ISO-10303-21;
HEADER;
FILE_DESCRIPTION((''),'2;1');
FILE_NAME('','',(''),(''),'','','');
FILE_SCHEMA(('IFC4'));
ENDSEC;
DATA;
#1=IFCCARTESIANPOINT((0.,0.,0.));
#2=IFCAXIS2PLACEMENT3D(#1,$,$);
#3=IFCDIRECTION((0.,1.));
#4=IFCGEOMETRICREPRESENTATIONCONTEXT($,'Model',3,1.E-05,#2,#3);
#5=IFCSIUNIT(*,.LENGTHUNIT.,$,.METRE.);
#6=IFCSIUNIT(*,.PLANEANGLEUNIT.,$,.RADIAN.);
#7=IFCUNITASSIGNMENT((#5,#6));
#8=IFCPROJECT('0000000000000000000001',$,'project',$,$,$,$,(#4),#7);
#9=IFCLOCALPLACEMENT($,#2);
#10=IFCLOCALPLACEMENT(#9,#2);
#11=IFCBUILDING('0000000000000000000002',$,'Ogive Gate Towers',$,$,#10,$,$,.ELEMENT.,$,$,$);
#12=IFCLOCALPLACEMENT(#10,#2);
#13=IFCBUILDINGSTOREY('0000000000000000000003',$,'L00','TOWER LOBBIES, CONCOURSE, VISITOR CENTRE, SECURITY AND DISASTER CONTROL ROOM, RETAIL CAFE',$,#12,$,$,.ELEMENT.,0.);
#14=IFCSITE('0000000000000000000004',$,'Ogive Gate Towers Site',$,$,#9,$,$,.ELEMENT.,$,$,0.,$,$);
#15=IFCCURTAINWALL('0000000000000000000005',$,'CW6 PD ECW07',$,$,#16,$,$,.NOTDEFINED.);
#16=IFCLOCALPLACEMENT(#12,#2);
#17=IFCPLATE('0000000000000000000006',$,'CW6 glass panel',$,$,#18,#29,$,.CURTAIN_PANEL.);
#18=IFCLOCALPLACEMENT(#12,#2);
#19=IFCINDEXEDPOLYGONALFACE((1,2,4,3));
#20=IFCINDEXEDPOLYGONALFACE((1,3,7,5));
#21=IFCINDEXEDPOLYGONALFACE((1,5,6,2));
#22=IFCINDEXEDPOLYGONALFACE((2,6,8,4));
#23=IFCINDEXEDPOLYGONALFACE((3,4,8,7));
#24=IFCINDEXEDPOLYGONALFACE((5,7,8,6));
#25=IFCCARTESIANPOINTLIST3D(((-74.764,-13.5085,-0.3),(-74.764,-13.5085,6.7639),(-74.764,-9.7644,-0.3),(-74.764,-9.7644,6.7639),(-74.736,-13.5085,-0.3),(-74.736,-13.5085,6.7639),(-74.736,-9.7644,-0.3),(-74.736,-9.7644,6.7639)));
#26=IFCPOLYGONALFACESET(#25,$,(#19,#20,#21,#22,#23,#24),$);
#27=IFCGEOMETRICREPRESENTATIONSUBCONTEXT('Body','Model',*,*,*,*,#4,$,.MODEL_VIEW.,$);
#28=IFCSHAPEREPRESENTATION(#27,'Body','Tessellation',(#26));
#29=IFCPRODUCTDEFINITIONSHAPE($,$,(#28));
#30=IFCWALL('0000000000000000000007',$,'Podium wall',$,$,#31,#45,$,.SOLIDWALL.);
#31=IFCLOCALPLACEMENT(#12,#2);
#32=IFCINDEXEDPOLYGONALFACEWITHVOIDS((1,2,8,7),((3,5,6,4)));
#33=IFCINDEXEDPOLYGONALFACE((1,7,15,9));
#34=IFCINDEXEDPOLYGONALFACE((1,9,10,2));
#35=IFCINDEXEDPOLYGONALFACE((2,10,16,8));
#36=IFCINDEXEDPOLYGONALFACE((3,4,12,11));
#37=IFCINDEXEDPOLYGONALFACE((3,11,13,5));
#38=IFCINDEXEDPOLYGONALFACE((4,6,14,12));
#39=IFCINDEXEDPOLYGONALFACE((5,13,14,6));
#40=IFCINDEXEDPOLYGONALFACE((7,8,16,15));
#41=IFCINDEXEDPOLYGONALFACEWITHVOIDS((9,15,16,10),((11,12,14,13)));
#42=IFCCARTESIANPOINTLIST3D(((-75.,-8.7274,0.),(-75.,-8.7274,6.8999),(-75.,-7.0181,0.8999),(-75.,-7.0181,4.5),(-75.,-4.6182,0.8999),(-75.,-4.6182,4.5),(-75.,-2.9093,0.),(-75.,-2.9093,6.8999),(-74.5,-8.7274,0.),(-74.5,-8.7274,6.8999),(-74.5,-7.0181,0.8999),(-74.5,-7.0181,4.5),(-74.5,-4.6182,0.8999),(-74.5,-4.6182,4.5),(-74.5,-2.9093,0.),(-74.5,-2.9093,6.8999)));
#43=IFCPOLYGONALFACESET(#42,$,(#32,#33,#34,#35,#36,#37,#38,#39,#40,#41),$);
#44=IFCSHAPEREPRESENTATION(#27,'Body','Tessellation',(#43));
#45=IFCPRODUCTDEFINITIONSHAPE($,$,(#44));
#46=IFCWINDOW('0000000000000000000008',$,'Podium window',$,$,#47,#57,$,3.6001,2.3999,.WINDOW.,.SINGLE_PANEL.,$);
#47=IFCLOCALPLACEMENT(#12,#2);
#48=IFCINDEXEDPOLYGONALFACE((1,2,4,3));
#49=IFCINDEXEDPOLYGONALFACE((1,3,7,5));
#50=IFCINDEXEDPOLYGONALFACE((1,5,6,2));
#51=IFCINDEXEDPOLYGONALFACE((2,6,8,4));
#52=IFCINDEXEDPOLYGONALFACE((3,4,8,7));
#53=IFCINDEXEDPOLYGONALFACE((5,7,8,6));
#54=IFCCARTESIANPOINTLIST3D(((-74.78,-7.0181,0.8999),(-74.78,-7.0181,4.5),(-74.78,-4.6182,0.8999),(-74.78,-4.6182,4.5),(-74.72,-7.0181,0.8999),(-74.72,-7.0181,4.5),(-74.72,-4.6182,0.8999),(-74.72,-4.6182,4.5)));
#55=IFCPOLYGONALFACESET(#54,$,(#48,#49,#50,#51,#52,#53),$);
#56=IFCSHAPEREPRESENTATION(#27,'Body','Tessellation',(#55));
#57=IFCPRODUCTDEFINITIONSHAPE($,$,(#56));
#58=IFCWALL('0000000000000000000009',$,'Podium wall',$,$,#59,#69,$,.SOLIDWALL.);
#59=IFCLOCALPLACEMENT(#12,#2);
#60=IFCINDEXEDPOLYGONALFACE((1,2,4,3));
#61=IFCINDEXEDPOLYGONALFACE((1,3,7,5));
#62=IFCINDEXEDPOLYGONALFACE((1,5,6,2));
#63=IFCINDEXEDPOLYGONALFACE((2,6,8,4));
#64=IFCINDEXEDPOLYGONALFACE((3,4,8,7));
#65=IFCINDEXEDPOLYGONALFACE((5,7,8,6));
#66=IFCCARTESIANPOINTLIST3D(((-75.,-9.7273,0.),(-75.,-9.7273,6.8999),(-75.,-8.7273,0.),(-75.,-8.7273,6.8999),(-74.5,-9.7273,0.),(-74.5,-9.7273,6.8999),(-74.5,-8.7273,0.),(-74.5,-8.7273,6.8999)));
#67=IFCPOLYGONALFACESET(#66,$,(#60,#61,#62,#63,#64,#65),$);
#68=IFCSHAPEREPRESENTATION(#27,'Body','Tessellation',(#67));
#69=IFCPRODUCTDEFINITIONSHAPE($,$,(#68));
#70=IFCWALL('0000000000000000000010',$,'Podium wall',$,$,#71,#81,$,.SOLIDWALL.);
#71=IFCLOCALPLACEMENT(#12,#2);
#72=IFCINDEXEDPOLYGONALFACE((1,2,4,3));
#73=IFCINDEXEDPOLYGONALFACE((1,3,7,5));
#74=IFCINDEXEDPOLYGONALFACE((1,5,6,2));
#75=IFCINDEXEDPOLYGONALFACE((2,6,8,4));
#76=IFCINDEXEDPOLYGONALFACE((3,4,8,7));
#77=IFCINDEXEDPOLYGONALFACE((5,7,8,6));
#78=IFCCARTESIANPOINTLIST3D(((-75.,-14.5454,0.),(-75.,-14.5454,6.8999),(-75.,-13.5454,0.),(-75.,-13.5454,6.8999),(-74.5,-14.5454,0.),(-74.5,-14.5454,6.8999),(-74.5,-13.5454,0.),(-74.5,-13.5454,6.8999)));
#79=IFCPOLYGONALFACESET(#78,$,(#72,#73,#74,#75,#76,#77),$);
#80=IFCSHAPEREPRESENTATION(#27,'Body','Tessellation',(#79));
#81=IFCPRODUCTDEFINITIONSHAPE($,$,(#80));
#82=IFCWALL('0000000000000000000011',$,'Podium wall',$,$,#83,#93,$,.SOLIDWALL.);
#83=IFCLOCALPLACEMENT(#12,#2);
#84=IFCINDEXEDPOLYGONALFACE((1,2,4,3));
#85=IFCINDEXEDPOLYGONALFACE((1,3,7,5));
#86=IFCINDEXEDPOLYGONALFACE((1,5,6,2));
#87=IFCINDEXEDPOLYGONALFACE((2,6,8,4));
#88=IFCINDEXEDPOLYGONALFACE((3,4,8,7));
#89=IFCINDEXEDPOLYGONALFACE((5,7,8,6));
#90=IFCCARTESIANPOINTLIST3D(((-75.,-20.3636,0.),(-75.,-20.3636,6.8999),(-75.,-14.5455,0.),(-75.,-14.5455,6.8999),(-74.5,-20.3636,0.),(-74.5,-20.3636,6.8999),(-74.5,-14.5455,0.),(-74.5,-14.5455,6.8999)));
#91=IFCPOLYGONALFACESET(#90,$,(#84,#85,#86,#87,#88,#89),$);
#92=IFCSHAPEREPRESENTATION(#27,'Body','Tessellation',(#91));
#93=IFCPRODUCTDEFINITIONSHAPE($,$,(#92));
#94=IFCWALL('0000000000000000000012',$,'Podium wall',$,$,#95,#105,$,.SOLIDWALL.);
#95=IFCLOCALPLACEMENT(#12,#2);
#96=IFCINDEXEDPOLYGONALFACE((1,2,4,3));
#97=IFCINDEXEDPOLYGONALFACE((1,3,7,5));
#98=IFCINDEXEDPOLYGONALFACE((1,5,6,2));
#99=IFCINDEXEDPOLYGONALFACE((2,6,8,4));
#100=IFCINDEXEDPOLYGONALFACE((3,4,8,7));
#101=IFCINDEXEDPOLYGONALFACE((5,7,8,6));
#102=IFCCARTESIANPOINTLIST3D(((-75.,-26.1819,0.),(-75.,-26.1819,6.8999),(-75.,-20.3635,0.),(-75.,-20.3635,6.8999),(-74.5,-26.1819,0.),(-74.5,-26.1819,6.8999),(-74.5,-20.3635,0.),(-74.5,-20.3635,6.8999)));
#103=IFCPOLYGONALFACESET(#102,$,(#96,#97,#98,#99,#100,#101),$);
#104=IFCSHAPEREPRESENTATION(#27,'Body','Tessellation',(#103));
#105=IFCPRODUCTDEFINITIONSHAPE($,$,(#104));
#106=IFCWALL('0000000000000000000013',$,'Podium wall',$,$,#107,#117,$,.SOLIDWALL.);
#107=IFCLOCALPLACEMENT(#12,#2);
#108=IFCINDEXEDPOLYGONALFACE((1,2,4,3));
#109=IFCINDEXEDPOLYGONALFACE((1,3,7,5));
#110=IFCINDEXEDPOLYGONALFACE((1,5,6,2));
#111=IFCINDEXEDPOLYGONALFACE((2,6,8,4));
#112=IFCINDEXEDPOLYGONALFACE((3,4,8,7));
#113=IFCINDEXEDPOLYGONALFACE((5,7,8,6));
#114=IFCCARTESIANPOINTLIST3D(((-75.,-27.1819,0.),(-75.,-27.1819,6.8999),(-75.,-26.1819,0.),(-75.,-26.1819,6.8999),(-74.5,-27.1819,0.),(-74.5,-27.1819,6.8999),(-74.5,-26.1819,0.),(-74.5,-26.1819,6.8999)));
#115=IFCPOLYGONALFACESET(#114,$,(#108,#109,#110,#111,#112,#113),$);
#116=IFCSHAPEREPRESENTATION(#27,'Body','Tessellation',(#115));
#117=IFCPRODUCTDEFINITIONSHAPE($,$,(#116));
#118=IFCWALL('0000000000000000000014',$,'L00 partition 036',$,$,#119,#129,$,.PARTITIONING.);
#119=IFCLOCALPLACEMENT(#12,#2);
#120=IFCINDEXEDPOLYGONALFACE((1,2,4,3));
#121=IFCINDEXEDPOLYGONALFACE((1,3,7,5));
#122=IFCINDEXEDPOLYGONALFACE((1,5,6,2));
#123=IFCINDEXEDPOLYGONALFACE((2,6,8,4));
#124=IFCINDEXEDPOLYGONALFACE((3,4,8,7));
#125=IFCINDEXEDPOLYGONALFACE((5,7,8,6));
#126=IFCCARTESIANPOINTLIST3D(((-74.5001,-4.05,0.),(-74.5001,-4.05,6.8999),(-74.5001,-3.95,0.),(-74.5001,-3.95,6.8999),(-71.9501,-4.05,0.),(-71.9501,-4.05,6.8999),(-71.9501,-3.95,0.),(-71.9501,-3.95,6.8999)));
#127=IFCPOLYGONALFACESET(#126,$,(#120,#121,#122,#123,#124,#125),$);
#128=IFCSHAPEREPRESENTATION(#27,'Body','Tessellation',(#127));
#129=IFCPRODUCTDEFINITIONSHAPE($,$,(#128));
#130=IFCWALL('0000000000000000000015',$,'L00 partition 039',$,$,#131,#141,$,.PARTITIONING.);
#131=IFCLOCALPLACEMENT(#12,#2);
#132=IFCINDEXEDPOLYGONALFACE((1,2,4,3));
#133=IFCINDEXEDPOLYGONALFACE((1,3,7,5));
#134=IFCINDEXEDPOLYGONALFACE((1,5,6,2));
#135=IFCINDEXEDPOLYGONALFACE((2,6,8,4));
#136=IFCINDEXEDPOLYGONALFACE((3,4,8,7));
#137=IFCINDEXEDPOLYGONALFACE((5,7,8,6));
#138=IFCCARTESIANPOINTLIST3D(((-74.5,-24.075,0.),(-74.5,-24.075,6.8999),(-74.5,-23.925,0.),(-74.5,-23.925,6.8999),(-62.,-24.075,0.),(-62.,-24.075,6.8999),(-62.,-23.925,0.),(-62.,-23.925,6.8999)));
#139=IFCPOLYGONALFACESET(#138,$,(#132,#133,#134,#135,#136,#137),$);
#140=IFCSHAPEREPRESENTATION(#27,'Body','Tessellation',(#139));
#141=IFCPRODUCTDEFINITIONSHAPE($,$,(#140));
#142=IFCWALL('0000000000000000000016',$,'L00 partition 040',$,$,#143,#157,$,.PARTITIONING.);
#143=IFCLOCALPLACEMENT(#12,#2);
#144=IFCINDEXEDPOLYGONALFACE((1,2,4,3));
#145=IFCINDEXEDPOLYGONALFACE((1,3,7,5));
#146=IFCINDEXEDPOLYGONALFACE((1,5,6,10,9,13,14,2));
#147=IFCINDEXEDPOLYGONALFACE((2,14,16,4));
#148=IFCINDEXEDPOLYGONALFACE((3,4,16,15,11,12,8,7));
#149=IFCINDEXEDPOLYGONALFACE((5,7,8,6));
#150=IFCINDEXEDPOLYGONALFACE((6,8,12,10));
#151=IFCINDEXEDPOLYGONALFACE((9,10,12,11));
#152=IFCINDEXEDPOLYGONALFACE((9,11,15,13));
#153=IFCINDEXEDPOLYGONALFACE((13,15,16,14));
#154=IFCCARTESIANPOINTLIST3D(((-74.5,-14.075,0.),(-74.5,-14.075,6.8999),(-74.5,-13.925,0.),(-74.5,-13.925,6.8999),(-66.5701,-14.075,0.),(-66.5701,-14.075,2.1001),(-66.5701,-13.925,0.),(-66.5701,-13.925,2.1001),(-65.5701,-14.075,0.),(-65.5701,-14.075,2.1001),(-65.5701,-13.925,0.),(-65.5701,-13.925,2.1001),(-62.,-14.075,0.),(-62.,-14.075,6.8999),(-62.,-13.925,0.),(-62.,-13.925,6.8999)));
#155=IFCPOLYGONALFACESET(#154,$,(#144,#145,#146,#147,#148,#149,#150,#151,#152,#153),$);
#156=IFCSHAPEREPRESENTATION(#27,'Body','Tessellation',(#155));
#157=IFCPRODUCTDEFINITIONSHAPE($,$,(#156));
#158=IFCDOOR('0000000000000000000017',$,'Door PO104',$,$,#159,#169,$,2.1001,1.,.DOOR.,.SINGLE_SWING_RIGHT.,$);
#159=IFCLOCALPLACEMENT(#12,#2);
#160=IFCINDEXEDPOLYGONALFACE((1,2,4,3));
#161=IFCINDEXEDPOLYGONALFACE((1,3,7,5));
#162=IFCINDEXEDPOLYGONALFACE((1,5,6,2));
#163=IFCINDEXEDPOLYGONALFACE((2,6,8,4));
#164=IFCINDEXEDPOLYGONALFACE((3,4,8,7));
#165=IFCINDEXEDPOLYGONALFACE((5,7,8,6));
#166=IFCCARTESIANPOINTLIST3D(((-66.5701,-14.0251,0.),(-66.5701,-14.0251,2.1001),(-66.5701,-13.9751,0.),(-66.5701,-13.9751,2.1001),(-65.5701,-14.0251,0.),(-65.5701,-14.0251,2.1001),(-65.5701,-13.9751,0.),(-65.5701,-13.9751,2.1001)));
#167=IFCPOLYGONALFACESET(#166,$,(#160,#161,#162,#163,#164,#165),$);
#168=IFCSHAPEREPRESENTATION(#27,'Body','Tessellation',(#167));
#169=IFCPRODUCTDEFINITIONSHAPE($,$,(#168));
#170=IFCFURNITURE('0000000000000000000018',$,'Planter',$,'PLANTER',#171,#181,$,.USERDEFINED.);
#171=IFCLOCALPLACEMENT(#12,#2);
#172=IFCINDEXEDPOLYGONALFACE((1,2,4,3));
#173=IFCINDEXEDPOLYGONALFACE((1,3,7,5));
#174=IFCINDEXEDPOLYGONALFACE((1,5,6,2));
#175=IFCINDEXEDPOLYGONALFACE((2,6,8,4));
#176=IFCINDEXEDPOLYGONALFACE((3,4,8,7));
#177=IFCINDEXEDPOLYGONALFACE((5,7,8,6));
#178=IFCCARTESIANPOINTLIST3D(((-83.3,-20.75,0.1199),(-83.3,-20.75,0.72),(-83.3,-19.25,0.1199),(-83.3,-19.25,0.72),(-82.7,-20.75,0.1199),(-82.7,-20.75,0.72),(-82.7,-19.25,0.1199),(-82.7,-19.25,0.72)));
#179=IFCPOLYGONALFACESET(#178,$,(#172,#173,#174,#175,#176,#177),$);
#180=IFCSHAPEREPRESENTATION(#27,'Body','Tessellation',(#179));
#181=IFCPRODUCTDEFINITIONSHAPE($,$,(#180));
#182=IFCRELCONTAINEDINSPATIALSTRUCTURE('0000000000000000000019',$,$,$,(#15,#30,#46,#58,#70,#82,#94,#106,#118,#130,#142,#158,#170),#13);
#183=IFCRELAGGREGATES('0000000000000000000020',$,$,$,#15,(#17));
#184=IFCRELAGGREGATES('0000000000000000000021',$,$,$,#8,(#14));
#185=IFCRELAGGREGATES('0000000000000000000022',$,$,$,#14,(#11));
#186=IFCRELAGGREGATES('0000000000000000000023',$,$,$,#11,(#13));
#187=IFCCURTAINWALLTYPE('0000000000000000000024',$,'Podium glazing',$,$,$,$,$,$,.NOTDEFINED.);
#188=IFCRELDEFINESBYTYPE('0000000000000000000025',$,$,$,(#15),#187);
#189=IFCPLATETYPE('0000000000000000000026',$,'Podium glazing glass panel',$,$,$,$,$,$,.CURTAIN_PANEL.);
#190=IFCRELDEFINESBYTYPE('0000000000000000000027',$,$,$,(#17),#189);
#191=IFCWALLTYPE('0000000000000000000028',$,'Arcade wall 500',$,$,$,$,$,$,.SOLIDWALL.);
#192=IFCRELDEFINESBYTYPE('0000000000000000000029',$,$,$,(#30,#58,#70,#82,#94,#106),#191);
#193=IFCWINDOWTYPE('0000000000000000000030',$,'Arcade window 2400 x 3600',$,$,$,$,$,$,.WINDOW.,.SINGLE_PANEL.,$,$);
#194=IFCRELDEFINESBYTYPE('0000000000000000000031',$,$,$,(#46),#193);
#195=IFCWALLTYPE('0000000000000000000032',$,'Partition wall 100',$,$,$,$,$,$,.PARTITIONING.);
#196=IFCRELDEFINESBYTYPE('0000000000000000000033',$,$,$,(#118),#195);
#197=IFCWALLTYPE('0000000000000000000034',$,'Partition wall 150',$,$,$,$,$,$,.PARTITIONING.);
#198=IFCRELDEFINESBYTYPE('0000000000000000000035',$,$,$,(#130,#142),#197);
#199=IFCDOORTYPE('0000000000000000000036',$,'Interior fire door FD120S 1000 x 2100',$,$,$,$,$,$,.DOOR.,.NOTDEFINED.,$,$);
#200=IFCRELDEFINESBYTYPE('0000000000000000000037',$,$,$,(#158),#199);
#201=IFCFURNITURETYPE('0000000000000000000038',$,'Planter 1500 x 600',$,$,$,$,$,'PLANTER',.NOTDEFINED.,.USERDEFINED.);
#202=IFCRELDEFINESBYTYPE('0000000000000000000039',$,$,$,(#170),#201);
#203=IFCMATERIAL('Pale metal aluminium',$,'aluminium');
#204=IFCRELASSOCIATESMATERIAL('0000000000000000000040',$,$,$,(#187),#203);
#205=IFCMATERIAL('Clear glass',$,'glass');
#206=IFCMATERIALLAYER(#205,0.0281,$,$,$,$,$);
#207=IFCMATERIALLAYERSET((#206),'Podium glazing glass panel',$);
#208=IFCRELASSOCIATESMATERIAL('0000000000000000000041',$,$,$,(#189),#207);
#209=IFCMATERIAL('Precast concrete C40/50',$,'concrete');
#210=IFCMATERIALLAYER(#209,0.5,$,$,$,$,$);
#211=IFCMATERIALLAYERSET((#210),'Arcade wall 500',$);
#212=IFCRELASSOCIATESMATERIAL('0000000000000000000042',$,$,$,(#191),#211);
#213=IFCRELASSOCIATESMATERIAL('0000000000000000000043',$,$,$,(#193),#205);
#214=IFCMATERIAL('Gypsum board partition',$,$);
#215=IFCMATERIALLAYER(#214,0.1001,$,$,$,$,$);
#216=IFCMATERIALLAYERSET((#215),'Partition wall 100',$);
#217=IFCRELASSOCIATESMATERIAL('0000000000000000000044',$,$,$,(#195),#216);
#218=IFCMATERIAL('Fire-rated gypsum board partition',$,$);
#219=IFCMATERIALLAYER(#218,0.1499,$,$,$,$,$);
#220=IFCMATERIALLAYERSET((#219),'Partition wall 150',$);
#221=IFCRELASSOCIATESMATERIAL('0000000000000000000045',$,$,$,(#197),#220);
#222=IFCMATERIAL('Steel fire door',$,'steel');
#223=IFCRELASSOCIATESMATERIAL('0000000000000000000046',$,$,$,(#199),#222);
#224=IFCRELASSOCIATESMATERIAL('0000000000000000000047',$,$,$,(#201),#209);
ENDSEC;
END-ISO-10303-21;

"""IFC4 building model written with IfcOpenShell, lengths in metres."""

from ifc_helpers import new_model, si_unit, direction, frame, frame_2d, origin, origin_2d, place, context, subcontext, project, spatial, rectangle, extrude, material, layer, layer_set, type_object, element, fill, aggregate, save


model = new_model("IFC4")

# Units and contexts
model_context = context("Model", 3, precision=1e-05, world=origin(), true_north=direction((0.0, 1.0)))
body_context = subcontext(model_context, "Body", "Model", "MODEL_VIEW")
ifc_project = project(units=[si_unit("LENGTHUNIT", "METRE"), si_unit("PLANEANGLEUNIT", "RADIAN")], contexts=[model_context])

# Site, building, storey
site_placement = place(None, origin())
site = spatial("IfcSite", under=ifc_project, at=site_placement, Name="Ogive Gate Towers Site", CompositionType="ELEMENT", RefElevation=0.0)
building_placement = place(site_placement, origin())
building = spatial("IfcBuilding", under=site, at=building_placement, Name="Ogive Gate Towers", CompositionType="ELEMENT")
storey_placement = place(building_placement, origin())
storey = spatial("IfcBuildingStorey", under=building, at=storey_placement, Name="L00", Description="TOWER LOBBIES, CONCOURSE, VISITOR CENTRE, SECURITY AND DISASTER CONTROL ROOM, RETAIL CAFE", CompositionType="ELEMENT", Elevation=0.0)

# Shared definitions
ifc_material_1 = material(Name="Precast concrete C40/50", Category="concrete")

# Curtain wall
ifc_material_2 = material(Name="Pale metal aluminium", Category="aluminium")
curtain_wall_type = type_object("IfcCurtainWallType", Name="Podium glazing", PredefinedType="NOTDEFINED", material=ifc_material_2)
curtain_wall_1_placement = place(storey_placement, origin())
curtain_wall_1 = element("IfcCurtainWall", 1, at=curtain_wall_1_placement, inside=storey, type_object=curtain_wall_type, Name="CW6 PD ECW07", PredefinedType="NOTDEFINED")

# Plate
ifc_material_3 = material(Name="Clear glass", Category="glass")
ifc_layer_1 = layer(ifc_material_3, 0.0281)
ifc_layer_set_1 = layer_set([ifc_layer_1], Name="Podium glazing glass panel")
plate_type = type_object("IfcPlateType", Name="Podium glazing glass panel", PredefinedType="CURTAIN_PANEL", material=ifc_layer_set_1)
plate_placement = place(storey_placement, frame((-74.75, -11.6365, -0.3), z_axis=(0.0, 0.0, 1.0), x_axis=(0.0, -1.0, 0.0)))
plate = element("IfcPlate", 2, at=plate_placement, type_object=plate_type, Name="CW6 glass panel", PredefinedType="CURTAIN_PANEL", context=body_context, shape_type="SweptSolid", body=[
    extrude(rectangle(XDim=3.7441, YDim=0.0281, at=origin_2d()), origin(), (0.0, 0.0, 1.0), 7.064),
])
aggregate(curtain_wall_1, [plate])

# Wall, opening, window
ifc_layer_2 = layer(ifc_material_1, 0.5)
ifc_layer_set_2 = layer_set([ifc_layer_2], Name="Arcade wall 500")
wall_type_1 = type_object("IfcWallType", Name="Arcade wall 500", PredefinedType="SOLIDWALL", material=ifc_layer_set_2)
wall_1_placement = place(storey_placement, frame((-74.75, -2.9092, 0.0), z_axis=(0.0, 0.0, 1.0), x_axis=(0.0, -1.0, 0.0)))
wall_1 = element("IfcWall", 3, at=wall_1_placement, inside=storey, type_object=wall_type_1, Name="Podium wall", PredefinedType="SOLIDWALL", context=body_context, shape_type="SweptSolid", body=[
    extrude(rectangle(XDim=5.8181, YDim=0.5, at=frame_2d((2.9092, 0.0))), origin(), (0.0, 0.0, 1.0), 6.8999),
])
opening_1_placement = place(wall_1_placement, frame((1.709, 0.0, 0.8999)))
opening_1 = element("IfcOpeningElement", 4, at=opening_1_placement, cuts=wall_1, PredefinedType="OPENING", context=body_context, shape_type="SweptSolid", body=[
    extrude(rectangle(XDim=2.3999, YDim=3.6001, at=frame_2d((1.2, 1.8))), frame((0.0, 0.26, 0.0), z_axis=(0.0, -1.0, 0.0), x_axis=(1.0, 0.0, 0.0)), (0.0, 0.0, 1.0), 0.52),
])
window_type = type_object("IfcWindowType", Name="Arcade window 2400 x 3600", PartitioningType="SINGLE_PANEL", PredefinedType="WINDOW", material=ifc_material_3)
window_placement = place(opening_1_placement, origin())
window = element("IfcWindow", 5, at=window_placement, inside=storey, type_object=window_type, Name="Podium window", OverallHeight=3.6001, OverallWidth=2.3999, PartitioningType="SINGLE_PANEL", PredefinedType="WINDOW", context=body_context, shape_type="SweptSolid", body=[
    extrude(rectangle(XDim=2.3999, YDim=3.6001, at=frame_2d((1.2, 1.8))), frame((0.0, 0.03, 0.0), z_axis=(0.0, -1.0, 0.0), x_axis=(1.0, 0.0, 0.0)), (0.0, 0.0, 1.0), 0.0601),
])
fill(opening_1, window)

# Walls
for number, where, z_axis, x_axis, name in (
    (6, (-74.75, -8.7273, 0.0), (0.0, 0.0, 1.0), (0.0, -1.0, 0.0), "Podium wall"),
    (7, (-74.75, -13.5454, 0.0), (0.0, 0.0, 1.0), (0.0, -1.0, 0.0), "Podium wall"),
):
    element("IfcWall", number, at=place(storey_placement, frame(where, z_axis=z_axis, x_axis=x_axis)), inside=storey, type_object=wall_type_1, Name=name, PredefinedType="SOLIDWALL", context=body_context, shape_type="SweptSolid", body=[
        extrude(rectangle(XDim=1.0, YDim=0.5, at=frame_2d((0.5, 0.0))), origin(), (0.0, 0.0, 1.0), 6.8999),
    ])
wall_2_placement = place(storey_placement, frame((-74.75, -14.5454, 0.0), z_axis=(0.0, 0.0, 1.0), x_axis=(0.0, -1.0, 0.0)))
element("IfcWall", 8, at=wall_2_placement, inside=storey, type_object=wall_type_1, Name="Podium wall", PredefinedType="SOLIDWALL", context=body_context, shape_type="SweptSolid", body=[
    extrude(rectangle(XDim=5.8181, YDim=0.5, at=frame_2d((2.9092, 0.0))), origin(), (0.0, 0.0, 1.0), 6.8999),
])
wall_3_placement = place(storey_placement, frame((-74.75, -20.3635, 0.0), z_axis=(0.0, 0.0, 1.0), x_axis=(0.0, -1.0, 0.0)))
element("IfcWall", 9, at=wall_3_placement, inside=storey, type_object=wall_type_1, Name="Podium wall", PredefinedType="SOLIDWALL", context=body_context, shape_type="SweptSolid", body=[
    extrude(rectangle(XDim=5.8184, YDim=0.5, at=frame_2d((2.9092, 0.0))), origin(), (0.0, 0.0, 1.0), 6.8999),
])
wall_4_placement = place(storey_placement, frame((-74.75, -26.1819, 0.0), z_axis=(0.0, 0.0, 1.0), x_axis=(0.0, -1.0, 0.0)))
element("IfcWall", 10, at=wall_4_placement, inside=storey, type_object=wall_type_1, Name="Podium wall", PredefinedType="SOLIDWALL", context=body_context, shape_type="SweptSolid", body=[
    extrude(rectangle(XDim=1.0, YDim=0.5, at=frame_2d((0.5, 0.0))), origin(), (0.0, 0.0, 1.0), 6.8999),
])
ifc_material_4 = material(Name="Gypsum board partition")
ifc_layer_3 = layer(ifc_material_4, 0.1001)
ifc_layer_set_3 = layer_set([ifc_layer_3], Name="Partition wall 100")
wall_type_2 = type_object("IfcWallType", Name="Partition wall 100", PredefinedType="PARTITIONING", material=ifc_layer_set_3)
wall_5_placement = place(storey_placement, frame((-74.5, -4.0, 0.0), z_axis=(0.0, 0.0, 1.0), x_axis=(1.0, 0.0, 0.0)))
element("IfcWall", 11, at=wall_5_placement, inside=storey, type_object=wall_type_2, Name="L00 partition 036", PredefinedType="PARTITIONING", context=body_context, shape_type="SweptSolid", body=[
    extrude(rectangle(XDim=2.55, YDim=0.1001, at=frame_2d((1.2749, 0.0))), origin(), (0.0, 0.0, 1.0), 6.8999),
])
ifc_material_5 = material(Name="Fire-rated gypsum board partition")
ifc_layer_4 = layer(ifc_material_5, 0.1499)
ifc_layer_set_4 = layer_set([ifc_layer_4], Name="Partition wall 150")
wall_type_3 = type_object("IfcWallType", Name="Partition wall 150", PredefinedType="PARTITIONING", material=ifc_layer_set_4)
wall_6_placement = place(storey_placement, frame((-74.5, -24.0, 0.0), z_axis=(0.0, 0.0, 1.0), x_axis=(1.0, 0.0, 0.0)))
element("IfcWall", 12, at=wall_6_placement, inside=storey, type_object=wall_type_3, Name="L00 partition 039", PredefinedType="PARTITIONING", context=body_context, shape_type="SweptSolid", body=[
    extrude(rectangle(XDim=12.5, YDim=0.1499, at=frame_2d((6.25, 0.0))), origin(), (0.0, 0.0, 1.0), 6.8999),
])

# Wall, opening, door
wall_7_placement = place(storey_placement, frame((-74.5, -14.0, 0.0), z_axis=(0.0, 0.0, 1.0), x_axis=(1.0, 0.0, 0.0)))
wall_7 = element("IfcWall", 13, at=wall_7_placement, inside=storey, type_object=wall_type_3, Name="L00 partition 040", PredefinedType="PARTITIONING", context=body_context, shape_type="SweptSolid", body=[
    extrude(rectangle(XDim=12.5, YDim=0.1499, at=frame_2d((6.25, 0.0))), origin(), (0.0, 0.0, 1.0), 6.8999),
])
opening_2_placement = place(wall_7_placement, frame((7.9299, 0.0, 0.0)))
opening_2 = element("IfcOpeningElement", 14, at=opening_2_placement, cuts=wall_7, PredefinedType="OPENING", context=body_context, shape_type="SweptSolid", body=[
    extrude(rectangle(XDim=1.0, YDim=2.1001, at=frame_2d((0.5, 1.05))), frame((0.0, 0.085, 0.0), z_axis=(0.0, -1.0, 0.0), x_axis=(1.0, 0.0, 0.0)), (0.0, 0.0, 1.0), 0.1699),
])
ifc_material_6 = material(Name="Steel fire door", Category="steel")
door_type = type_object("IfcDoorType", Name="Interior fire door FD120S 1000 x 2100", OperationType="NOTDEFINED", PredefinedType="DOOR", material=ifc_material_6)
door_placement = place(opening_2_placement, origin())
door = element("IfcDoor", 15, at=door_placement, inside=storey, type_object=door_type, Name="Door PO104", OperationType="SINGLE_SWING_RIGHT", OverallHeight=2.1001, OverallWidth=1.0, PredefinedType="DOOR", context=body_context, shape_type="SweptSolid", body=[
    extrude(rectangle(XDim=1.0, YDim=2.1001, at=frame_2d((0.5, 1.05))), frame((0.0, 0.0249, 0.0), z_axis=(0.0, -1.0, 0.0), x_axis=(1.0, 0.0, 0.0)), (0.0, 0.0, 1.0), 0.05),
])
fill(opening_2, door)

# Furniture
furniture_type = type_object("IfcFurnitureType", Name="Planter 1500 x 600", ElementType="PLANTER", AssemblyPlace="NOTDEFINED", PredefinedType="USERDEFINED", material=ifc_material_1)
for number, where, z_axis, x_axis, name in (
    (16, (-83.0, -20.0, 0.1199), (0.0, 0.0, 1.0), (0.0, 1.0, 0.0), "Planter"),
):
    element("IfcFurniture", number, at=place(storey_placement, frame(where, z_axis=z_axis, x_axis=x_axis)), inside=storey, type_object=furniture_type, Name=name, ObjectType="PLANTER", PredefinedType="USERDEFINED", context=body_context, shape_type="SweptSolid", body=[
        extrude(rectangle(XDim=1.5, YDim=0.6001, at=origin_2d()), origin(), (0.0, 0.0, 1.0), 0.6001),
    ])

save(model, "model.ifc")
